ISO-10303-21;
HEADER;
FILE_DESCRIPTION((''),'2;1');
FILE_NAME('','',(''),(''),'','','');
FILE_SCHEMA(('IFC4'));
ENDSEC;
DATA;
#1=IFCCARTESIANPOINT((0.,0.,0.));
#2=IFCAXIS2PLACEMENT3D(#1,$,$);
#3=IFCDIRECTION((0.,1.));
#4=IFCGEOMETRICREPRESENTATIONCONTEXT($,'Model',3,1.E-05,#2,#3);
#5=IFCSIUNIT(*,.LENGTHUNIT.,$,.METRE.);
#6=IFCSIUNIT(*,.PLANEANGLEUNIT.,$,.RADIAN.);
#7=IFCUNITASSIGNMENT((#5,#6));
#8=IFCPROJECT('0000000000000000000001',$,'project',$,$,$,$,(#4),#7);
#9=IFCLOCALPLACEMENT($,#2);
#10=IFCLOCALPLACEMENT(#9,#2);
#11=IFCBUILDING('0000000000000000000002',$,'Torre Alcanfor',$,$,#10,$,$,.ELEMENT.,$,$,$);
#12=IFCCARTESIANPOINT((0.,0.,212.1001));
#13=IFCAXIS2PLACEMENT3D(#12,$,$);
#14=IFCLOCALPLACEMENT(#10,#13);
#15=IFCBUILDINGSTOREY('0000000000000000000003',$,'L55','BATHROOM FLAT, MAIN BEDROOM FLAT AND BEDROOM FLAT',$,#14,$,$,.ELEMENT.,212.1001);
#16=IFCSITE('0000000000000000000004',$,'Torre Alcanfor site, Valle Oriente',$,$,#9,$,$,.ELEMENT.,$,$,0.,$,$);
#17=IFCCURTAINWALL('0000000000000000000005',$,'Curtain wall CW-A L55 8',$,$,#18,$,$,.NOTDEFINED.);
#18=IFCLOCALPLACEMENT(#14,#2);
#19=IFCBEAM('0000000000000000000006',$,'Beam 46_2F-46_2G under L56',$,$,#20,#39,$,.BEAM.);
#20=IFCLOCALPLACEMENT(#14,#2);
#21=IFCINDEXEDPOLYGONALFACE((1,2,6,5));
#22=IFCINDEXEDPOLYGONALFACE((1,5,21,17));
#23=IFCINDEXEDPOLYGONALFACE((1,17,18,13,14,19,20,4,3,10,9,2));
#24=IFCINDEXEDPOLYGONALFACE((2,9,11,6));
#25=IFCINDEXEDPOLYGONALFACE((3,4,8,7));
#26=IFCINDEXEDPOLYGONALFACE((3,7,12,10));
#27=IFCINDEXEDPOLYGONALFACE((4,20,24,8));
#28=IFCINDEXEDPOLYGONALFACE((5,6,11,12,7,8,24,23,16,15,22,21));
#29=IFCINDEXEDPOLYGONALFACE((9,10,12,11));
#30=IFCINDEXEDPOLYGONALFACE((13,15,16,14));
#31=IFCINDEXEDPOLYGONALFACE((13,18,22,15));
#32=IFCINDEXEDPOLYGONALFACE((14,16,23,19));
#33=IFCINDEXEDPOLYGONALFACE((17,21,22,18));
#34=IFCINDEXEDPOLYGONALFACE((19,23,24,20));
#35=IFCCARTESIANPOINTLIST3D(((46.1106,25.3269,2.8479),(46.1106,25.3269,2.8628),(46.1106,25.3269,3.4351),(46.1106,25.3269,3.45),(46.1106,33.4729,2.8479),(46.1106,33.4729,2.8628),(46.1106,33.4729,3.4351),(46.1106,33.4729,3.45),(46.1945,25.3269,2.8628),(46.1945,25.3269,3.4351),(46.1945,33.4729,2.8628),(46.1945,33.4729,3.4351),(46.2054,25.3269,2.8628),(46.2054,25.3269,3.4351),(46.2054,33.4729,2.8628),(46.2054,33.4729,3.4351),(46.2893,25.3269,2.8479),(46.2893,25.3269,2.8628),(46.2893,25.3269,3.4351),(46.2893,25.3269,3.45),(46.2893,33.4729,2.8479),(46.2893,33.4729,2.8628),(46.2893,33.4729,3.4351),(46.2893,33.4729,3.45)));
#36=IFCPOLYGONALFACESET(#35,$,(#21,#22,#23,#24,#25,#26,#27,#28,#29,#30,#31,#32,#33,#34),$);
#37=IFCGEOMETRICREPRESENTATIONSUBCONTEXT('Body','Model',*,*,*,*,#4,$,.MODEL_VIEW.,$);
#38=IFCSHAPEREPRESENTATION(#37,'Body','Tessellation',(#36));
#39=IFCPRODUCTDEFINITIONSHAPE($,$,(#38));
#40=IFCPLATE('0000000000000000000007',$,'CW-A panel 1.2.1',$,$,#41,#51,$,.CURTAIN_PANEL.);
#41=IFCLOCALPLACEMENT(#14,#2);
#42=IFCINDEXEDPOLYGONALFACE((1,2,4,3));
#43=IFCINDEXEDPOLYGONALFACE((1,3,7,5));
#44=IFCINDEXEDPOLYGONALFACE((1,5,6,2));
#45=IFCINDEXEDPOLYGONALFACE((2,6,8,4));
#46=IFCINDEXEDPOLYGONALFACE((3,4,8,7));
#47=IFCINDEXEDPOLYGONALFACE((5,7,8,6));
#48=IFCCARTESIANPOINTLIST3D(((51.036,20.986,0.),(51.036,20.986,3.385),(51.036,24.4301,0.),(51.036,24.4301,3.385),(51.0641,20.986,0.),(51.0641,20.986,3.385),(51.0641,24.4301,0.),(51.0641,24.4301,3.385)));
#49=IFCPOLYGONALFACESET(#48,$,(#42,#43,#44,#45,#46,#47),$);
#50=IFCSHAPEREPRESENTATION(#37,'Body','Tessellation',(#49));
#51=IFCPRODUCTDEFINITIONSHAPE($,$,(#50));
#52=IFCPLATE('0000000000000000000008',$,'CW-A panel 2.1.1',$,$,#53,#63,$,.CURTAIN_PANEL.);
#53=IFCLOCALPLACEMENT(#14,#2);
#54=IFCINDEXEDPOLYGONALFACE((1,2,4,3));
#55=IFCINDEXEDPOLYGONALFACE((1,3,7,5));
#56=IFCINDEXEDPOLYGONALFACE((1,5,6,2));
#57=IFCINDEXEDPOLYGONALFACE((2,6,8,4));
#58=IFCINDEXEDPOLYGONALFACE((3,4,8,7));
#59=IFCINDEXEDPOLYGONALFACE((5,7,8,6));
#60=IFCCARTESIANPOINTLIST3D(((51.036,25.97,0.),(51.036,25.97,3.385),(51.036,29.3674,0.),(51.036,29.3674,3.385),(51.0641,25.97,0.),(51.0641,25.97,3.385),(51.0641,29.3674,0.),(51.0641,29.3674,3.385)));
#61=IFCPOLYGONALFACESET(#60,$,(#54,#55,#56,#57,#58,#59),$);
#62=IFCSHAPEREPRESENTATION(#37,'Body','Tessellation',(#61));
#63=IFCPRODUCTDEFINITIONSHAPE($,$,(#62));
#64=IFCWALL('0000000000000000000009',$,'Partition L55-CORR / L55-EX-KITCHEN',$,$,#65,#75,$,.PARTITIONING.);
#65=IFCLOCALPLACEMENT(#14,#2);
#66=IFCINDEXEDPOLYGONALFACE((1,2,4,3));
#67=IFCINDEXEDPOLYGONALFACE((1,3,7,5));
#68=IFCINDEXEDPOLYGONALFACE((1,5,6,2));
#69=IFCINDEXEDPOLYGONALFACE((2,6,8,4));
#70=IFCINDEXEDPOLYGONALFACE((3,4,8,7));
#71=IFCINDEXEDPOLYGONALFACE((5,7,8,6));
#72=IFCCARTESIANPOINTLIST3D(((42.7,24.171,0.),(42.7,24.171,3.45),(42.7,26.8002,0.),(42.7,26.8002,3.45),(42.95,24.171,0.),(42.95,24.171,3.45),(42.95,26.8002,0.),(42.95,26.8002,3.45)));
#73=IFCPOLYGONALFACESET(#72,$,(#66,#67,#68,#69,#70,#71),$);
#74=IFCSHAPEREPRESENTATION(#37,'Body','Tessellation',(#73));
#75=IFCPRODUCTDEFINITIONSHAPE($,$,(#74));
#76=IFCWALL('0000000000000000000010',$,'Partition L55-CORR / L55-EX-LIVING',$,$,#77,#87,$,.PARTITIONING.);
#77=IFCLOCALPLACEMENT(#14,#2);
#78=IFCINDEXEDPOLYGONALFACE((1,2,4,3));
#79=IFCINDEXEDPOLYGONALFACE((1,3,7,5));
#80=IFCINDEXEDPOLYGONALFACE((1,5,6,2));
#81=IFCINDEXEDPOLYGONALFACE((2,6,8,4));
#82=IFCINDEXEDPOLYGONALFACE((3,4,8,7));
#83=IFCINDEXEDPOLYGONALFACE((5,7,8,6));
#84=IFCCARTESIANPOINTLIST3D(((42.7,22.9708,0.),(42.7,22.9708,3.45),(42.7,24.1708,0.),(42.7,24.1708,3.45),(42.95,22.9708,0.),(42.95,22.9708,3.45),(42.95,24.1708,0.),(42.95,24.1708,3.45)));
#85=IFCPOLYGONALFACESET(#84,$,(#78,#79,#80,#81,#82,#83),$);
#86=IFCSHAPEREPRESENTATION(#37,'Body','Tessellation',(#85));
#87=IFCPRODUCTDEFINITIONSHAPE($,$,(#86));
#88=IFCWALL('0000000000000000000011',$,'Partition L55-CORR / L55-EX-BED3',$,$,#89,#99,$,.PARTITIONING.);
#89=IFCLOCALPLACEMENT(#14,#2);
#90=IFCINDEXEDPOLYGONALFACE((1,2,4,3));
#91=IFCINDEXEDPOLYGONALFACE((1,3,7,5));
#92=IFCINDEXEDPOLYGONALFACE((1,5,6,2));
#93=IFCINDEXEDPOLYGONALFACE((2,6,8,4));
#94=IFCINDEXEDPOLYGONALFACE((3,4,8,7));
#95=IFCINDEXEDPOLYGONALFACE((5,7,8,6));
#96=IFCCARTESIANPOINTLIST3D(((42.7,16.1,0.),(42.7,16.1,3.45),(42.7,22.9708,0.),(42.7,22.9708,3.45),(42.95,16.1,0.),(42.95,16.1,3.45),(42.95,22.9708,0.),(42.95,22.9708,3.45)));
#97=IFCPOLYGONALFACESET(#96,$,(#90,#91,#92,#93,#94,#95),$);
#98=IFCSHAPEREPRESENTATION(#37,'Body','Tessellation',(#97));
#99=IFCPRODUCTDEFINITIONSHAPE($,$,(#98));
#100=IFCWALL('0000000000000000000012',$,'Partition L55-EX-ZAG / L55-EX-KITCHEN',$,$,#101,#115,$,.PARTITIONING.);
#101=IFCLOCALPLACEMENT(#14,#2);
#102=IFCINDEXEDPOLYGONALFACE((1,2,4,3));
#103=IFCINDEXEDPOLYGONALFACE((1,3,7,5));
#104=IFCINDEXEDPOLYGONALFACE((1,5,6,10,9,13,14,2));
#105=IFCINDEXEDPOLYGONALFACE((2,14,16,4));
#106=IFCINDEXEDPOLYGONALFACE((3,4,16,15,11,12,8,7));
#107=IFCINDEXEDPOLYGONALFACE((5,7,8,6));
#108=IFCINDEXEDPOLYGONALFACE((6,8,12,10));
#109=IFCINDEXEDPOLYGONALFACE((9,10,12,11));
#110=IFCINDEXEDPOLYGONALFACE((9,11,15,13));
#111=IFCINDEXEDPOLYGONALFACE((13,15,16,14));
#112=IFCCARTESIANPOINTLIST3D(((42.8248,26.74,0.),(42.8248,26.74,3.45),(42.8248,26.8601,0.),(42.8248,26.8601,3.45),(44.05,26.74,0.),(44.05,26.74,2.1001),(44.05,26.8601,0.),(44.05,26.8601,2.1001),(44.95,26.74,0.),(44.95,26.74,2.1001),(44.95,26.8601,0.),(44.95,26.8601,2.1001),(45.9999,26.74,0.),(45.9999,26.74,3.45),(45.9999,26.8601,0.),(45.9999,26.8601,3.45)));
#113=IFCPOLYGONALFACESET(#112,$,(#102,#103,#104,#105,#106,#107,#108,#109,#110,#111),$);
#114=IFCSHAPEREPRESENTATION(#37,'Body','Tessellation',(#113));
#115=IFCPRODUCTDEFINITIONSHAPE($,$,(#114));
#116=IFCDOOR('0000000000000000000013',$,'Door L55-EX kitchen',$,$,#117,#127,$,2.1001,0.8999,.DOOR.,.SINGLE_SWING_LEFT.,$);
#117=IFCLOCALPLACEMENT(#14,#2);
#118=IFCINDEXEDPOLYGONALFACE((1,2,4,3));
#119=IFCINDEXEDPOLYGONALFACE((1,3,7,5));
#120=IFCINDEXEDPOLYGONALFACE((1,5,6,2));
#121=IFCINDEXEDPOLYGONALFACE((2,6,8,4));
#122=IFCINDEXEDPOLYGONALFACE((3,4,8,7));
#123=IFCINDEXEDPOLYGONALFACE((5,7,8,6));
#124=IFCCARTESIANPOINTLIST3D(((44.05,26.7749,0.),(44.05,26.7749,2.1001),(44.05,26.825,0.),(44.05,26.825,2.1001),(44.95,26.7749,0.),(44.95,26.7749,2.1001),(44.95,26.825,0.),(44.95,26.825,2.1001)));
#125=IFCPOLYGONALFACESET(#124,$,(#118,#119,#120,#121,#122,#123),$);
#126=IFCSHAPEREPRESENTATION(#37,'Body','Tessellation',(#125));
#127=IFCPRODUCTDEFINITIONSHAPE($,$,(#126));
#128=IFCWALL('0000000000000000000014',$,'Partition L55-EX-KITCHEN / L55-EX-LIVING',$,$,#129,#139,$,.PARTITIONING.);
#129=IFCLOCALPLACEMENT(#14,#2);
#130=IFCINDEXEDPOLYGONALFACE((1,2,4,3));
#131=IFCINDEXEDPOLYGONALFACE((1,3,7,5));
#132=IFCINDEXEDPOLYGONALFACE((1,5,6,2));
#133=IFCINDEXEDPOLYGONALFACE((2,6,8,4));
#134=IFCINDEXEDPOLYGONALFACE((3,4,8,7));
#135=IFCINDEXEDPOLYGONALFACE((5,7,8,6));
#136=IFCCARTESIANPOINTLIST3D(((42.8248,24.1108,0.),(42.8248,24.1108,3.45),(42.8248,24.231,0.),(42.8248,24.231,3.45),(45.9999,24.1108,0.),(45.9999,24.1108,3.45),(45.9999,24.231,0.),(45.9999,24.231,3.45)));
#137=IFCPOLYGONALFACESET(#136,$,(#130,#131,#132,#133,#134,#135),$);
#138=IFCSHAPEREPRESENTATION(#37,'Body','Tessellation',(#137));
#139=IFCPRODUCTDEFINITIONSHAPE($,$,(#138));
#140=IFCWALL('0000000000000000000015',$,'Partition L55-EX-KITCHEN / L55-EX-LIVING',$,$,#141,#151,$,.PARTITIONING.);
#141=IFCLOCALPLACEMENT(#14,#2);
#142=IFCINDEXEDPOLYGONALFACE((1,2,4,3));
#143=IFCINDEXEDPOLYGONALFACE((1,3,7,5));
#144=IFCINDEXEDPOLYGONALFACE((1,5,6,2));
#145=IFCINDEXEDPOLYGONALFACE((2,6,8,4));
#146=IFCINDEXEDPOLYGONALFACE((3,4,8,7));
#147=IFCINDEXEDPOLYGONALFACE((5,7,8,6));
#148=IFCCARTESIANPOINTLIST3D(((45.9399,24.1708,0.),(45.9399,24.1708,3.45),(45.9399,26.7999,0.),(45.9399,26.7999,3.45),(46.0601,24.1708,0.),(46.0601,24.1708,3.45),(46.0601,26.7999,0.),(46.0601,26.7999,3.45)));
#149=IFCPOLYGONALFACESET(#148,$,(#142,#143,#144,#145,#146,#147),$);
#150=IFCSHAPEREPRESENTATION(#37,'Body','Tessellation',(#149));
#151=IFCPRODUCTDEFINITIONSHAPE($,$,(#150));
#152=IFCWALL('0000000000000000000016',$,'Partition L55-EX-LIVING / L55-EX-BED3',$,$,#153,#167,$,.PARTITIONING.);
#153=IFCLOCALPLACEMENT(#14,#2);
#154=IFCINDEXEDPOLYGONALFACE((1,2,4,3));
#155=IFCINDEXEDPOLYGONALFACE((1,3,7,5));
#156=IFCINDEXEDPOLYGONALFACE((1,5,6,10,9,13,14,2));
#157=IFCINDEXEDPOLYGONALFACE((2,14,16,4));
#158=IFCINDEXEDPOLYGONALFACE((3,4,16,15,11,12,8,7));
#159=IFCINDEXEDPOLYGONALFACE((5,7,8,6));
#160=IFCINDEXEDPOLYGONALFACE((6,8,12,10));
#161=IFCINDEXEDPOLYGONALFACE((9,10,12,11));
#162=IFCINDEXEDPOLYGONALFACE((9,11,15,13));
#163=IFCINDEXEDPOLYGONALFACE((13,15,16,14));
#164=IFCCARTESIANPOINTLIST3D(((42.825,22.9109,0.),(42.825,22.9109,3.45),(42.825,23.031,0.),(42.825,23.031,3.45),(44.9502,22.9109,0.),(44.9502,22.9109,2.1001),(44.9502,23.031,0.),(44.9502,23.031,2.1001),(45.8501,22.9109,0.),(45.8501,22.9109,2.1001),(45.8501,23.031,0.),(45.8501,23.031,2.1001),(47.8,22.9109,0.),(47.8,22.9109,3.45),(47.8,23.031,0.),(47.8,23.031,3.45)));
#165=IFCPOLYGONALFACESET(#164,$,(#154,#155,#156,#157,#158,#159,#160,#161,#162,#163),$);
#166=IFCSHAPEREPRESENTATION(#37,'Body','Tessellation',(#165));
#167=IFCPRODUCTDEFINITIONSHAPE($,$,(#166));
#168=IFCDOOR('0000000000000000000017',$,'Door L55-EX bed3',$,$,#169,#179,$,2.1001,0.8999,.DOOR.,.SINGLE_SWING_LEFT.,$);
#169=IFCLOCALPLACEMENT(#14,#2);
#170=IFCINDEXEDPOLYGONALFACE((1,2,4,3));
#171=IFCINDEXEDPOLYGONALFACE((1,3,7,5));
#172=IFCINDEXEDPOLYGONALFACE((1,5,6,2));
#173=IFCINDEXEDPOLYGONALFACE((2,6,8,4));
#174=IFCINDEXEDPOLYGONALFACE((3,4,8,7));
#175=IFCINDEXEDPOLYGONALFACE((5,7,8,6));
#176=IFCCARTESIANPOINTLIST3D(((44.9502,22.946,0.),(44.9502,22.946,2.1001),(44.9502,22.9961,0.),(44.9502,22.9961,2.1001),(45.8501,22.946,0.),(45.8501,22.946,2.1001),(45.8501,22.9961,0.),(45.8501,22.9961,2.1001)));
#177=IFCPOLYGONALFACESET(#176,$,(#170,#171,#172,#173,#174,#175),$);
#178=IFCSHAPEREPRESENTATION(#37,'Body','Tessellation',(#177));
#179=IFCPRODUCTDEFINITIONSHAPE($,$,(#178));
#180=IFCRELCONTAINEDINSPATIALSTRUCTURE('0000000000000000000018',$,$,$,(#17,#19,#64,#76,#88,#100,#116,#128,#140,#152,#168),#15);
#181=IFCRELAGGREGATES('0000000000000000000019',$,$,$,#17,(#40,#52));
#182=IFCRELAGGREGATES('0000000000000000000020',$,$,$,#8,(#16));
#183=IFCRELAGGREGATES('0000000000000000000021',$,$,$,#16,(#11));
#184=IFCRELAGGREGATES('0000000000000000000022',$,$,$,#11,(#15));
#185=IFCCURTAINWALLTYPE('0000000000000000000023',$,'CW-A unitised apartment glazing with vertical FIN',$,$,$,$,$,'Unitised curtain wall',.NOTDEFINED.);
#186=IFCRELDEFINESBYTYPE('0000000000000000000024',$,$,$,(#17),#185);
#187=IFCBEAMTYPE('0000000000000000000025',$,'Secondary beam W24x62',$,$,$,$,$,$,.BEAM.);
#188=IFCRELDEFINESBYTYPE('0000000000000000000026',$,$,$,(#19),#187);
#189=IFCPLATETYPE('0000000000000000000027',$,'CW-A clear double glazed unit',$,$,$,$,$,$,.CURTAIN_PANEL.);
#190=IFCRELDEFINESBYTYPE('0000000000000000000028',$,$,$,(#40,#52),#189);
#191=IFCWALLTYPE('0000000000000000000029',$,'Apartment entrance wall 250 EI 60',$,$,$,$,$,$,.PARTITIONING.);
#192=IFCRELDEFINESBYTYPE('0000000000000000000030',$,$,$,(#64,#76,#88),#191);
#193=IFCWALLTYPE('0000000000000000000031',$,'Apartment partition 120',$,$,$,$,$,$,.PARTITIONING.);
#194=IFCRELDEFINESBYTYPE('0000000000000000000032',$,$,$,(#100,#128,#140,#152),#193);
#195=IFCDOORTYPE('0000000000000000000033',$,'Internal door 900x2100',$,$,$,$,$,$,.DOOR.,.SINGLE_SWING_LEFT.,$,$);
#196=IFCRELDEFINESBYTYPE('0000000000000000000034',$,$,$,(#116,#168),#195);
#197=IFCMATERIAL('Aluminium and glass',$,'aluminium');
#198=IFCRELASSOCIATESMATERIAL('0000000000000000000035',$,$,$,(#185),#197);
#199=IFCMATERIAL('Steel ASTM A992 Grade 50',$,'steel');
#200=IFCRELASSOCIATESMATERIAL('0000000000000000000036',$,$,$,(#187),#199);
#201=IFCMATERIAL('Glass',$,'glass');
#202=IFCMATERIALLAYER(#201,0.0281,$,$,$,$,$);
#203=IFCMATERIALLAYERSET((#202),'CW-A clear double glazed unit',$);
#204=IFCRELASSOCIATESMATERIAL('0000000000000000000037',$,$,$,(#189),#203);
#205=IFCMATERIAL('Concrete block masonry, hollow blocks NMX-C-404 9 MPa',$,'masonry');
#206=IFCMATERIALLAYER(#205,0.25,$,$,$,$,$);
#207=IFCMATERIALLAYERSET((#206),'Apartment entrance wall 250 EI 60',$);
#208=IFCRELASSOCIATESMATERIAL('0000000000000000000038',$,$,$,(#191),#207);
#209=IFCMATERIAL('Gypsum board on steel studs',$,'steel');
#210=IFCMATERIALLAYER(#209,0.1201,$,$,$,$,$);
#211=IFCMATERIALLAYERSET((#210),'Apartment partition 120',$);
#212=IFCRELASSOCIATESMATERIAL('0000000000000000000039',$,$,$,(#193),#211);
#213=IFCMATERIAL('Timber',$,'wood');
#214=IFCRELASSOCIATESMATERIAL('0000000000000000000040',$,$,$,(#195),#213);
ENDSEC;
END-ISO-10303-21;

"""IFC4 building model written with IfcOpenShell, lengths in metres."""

from ifc_helpers import new_model, si_unit, direction, frame, frame_2d, origin, origin_2d, place, context, subcontext, project, spatial, rectangle, i_section, extrude, material, layer, layer_set, material_profile, profile_set, type_object, element, fill, aggregate, save


model = new_model("IFC4")

# Units and contexts
model_context = context("Model", 3, precision=1e-05, world=origin(), true_north=direction((0.0, 1.0)))
body_context = subcontext(model_context, "Body", "Model", "MODEL_VIEW")
ifc_project = project(units=[si_unit("LENGTHUNIT", "METRE"), si_unit("PLANEANGLEUNIT", "RADIAN")], contexts=[model_context])

# Site, building, storey
site_placement = place(None, origin())
site = spatial("IfcSite", under=ifc_project, at=site_placement, Name="Torre Alcanfor site, Valle Oriente", CompositionType="ELEMENT", RefElevation=0.0)
building_placement = place(site_placement, origin())
building = spatial("IfcBuilding", under=site, at=building_placement, Name="Torre Alcanfor", CompositionType="ELEMENT")
storey_placement = place(building_placement, frame((0.0, 0.0, 212.1001)))
storey = spatial("IfcBuildingStorey", under=building, at=storey_placement, Name="L55", Description="BATHROOM FLAT, MAIN BEDROOM FLAT AND BEDROOM FLAT", CompositionType="ELEMENT", Elevation=212.1001)

# Curtain wall
ifc_material_1 = material(Name="Aluminium and glass", Category="aluminium")
curtain_wall_type = type_object("IfcCurtainWallType", Name="CW-A unitised apartment glazing with vertical FIN", ElementType="Unitised curtain wall", PredefinedType="NOTDEFINED", material=ifc_material_1)
curtain_wall_placement = place(storey_placement, origin())
curtain_wall = element("IfcCurtainWall", 1, at=curtain_wall_placement, inside=storey, type_object=curtain_wall_type, Name="Curtain wall CW-A L55 8", PredefinedType="NOTDEFINED")

# Beam
ifc_material_2 = material(Name="Steel ASTM A992 Grade 50", Category="steel")
ifc_material_profile_1 = material_profile(ifc_material_2, i_section(OverallWidth=0.1787, OverallDepth=0.6021, WebThickness=0.011, FlangeThickness=0.0149, at=origin_2d()), Name="W24x62")
ifc_profile_set_1 = profile_set([ifc_material_profile_1], Name="Steel ASTM A992 Grade 50")
beam_type_1 = type_object("IfcBeamType", Name="Secondary beam W24x62", PredefinedType="BEAM", material=ifc_profile_set_1)
beam_1_placement = place(storey_placement, frame((46.2, 25.3269, 3.1489), z_axis=(0.0, 1.0, 0.0), x_axis=(-1.0, 0.0, 0.0)))
element("IfcBeam", 2, at=beam_1_placement, inside=storey, type_object=beam_type_1, Name="Beam 46_2F-46_2G under L56", PredefinedType="BEAM", context=body_context, shape_type="SweptSolid", body=[
    extrude(i_section(OverallWidth=0.1787, OverallDepth=0.6021, WebThickness=0.011, FlangeThickness=0.0149, at=origin_2d()), origin(), (0.0, 0.0, 1.0), 8.146),
])

# Plates
ifc_material_3 = material(Name="Glass", Category="glass")
ifc_layer_1 = layer(ifc_material_3, 0.0281)
ifc_layer_set_1 = layer_set([ifc_layer_1], Name="CW-A clear double glazed unit")
plate_type = type_object("IfcPlateType", Name="CW-A clear double glazed unit", PredefinedType="CURTAIN_PANEL", material=ifc_layer_set_1)
plate_1_placement = place(storey_placement, frame((51.05, 22.708, 0.0), z_axis=(0.0, 0.0, 1.0), x_axis=(0.0, 1.0, 0.0)))
plate_1 = element("IfcPlate", 3, at=plate_1_placement, type_object=plate_type, Name="CW-A panel 1.2.1", PredefinedType="CURTAIN_PANEL", context=body_context, shape_type="SweptSolid", body=[
    extrude(rectangle(XDim=3.4441, YDim=0.0281, at=origin_2d()), origin(), (0.0, 0.0, 1.0), 3.385),
])
plate_2_placement = place(storey_placement, frame((51.05, 27.6687, 0.0), z_axis=(0.0, 0.0, 1.0), x_axis=(0.0, 1.0, 0.0)))
plate_2 = element("IfcPlate", 4, at=plate_2_placement, type_object=plate_type, Name="CW-A panel 2.1.1", PredefinedType="CURTAIN_PANEL", context=body_context, shape_type="SweptSolid", body=[
    extrude(rectangle(XDim=3.3975, YDim=0.0281, at=origin_2d()), origin(), (0.0, 0.0, 1.0), 3.385),
])
aggregate(curtain_wall, [plate_1, plate_2])

# Walls
ifc_material_4 = material(Name="Concrete block masonry, hollow blocks NMX-C-404 9 MPa", Category="masonry")
ifc_layer_2 = layer(ifc_material_4, 0.25)
ifc_layer_set_2 = layer_set([ifc_layer_2], Name="Apartment entrance wall 250 EI 60")
wall_type_1 = type_object("IfcWallType", Name="Apartment entrance wall 250 EI 60", PredefinedType="PARTITIONING", material=ifc_layer_set_2)
wall_1_placement = place(storey_placement, frame((42.825, 26.8, 0.0), z_axis=(0.0, 0.0, 1.0), x_axis=(0.0, -1.0, 0.0)))
element("IfcWall", 5, at=wall_1_placement, inside=storey, type_object=wall_type_1, Name="Partition L55-CORR / L55-EX-KITCHEN", PredefinedType="PARTITIONING", context=body_context, shape_type="SweptSolid", body=[
    extrude(rectangle(XDim=2.6292, YDim=0.25, at=frame_2d((1.3145, 0.0))), origin(), (0.0, 0.0, 1.0), 3.45),
])
wall_2_placement = place(storey_placement, frame((42.825, 24.1709, 0.0), z_axis=(0.0, 0.0, 1.0), x_axis=(0.0, -1.0, 0.0)))
element("IfcWall", 6, at=wall_2_placement, inside=storey, type_object=wall_type_1, Name="Partition L55-CORR / L55-EX-LIVING", PredefinedType="PARTITIONING", context=body_context, shape_type="SweptSolid", body=[
    extrude(rectangle(XDim=1.2, YDim=0.25, at=frame_2d((0.6001, 0.0))), origin(), (0.0, 0.0, 1.0), 3.45),
])
wall_3_placement = place(storey_placement, frame((42.825, 22.9709, 0.0), z_axis=(0.0, 0.0, 1.0), x_axis=(0.0, -1.0, 0.0)))
element("IfcWall", 7, at=wall_3_placement, inside=storey, type_object=wall_type_1, Name="Partition L55-CORR / L55-EX-BED3", PredefinedType="PARTITIONING", context=body_context, shape_type="SweptSolid", body=[
    extrude(rectangle(XDim=6.8708, YDim=0.25, at=frame_2d((3.4355, 0.0))), origin(), (0.0, 0.0, 1.0), 3.45),
])

# Wall, opening, door
ifc_material_5 = material(Name="Gypsum board on steel studs", Category="steel")
ifc_layer_3 = layer(ifc_material_5, 0.1201)
ifc_layer_set_3 = layer_set([ifc_layer_3], Name="Apartment partition 120")
wall_type_2 = type_object("IfcWallType", Name="Apartment partition 120", PredefinedType="PARTITIONING", material=ifc_layer_set_3)
wall_4_placement = place(storey_placement, frame((42.825, 26.8, 0.0), z_axis=(0.0, 0.0, 1.0), x_axis=(1.0, 0.0, 0.0)))
wall_4 = element("IfcWall", 8, at=wall_4_placement, inside=storey, type_object=wall_type_2, Name="Partition L55-EX-ZAG / L55-EX-KITCHEN", PredefinedType="PARTITIONING", context=body_context, shape_type="SweptSolid", body=[
    extrude(rectangle(XDim=3.175, YDim=0.1201, at=frame_2d((1.5874, 0.0))), origin(), (0.0, 0.0, 1.0), 3.45),
])
opening_1_placement = place(wall_4_placement, frame((1.2251, 0.0, 0.0)))
opening_1 = element("IfcOpeningElement", 9, at=opening_1_placement, cuts=wall_4, PredefinedType="OPENING", context=body_context, shape_type="SweptSolid", body=[
    extrude(rectangle(XDim=0.8999, YDim=2.1001, at=frame_2d((0.45, 1.05))), frame((0.0, 0.0701, 0.0), z_axis=(0.0, -1.0, 0.0), x_axis=(1.0, 0.0, 0.0)), (0.0, 0.0, 1.0), 0.1401),
])
ifc_material_6 = material(Name="Timber", Category="wood")
door_type_1 = type_object("IfcDoorType", Name="Internal door 900x2100", OperationType="SINGLE_SWING_LEFT", PredefinedType="DOOR", material=ifc_material_6)
door_1_placement = place(opening_1_placement, frame((0.8999, 0.0, 0.0), z_axis=(0.0, 0.0, 1.0), x_axis=(-1.0, 0.0, 0.0)))
door_1 = element("IfcDoor", 10, at=door_1_placement, inside=storey, type_object=door_type_1, Name="Door L55-EX kitchen", OperationType="SINGLE_SWING_LEFT", OverallHeight=2.1001, OverallWidth=0.8999, PredefinedType="DOOR", context=body_context, shape_type="SweptSolid", body=[
    extrude(rectangle(XDim=0.8999, YDim=2.1001, at=frame_2d((0.45, 1.05))), frame((0.0, 0.0251, 0.0), z_axis=(0.0, -1.0, 0.0), x_axis=(1.0, 0.0, 0.0)), (0.0, 0.0, 1.0), 0.05),
])
fill(opening_1, door_1)

# Walls
wall_5_placement = place(storey_placement, frame((42.825, 24.1709, 0.0), z_axis=(0.0, 0.0, 1.0), x_axis=(1.0, 0.0, 0.0)))
element("IfcWall", 11, at=wall_5_placement, inside=storey, type_object=wall_type_2, Name="Partition L55-EX-KITCHEN / L55-EX-LIVING", PredefinedType="PARTITIONING", context=body_context, shape_type="SweptSolid", body=[
    extrude(rectangle(XDim=3.175, YDim=0.1201, at=frame_2d((1.5874, 0.0))), origin(), (0.0, 0.0, 1.0), 3.45),
])
wall_6_placement = place(storey_placement, frame((46.0, 24.1709, 0.0), z_axis=(0.0, 0.0, 1.0), x_axis=(0.0, 1.0, 0.0)))
element("IfcWall", 12, at=wall_6_placement, inside=storey, type_object=wall_type_2, Name="Partition L55-EX-KITCHEN / L55-EX-LIVING", PredefinedType="PARTITIONING", context=body_context, shape_type="SweptSolid", body=[
    extrude(rectangle(XDim=2.6292, YDim=0.1201, at=frame_2d((1.3145, 0.0))), origin(), (0.0, 0.0, 1.0), 3.45),
])

# Wall, opening, door
wall_7_placement = place(storey_placement, frame((47.8, 22.9709, 0.0), z_axis=(0.0, 0.0, 1.0), x_axis=(-1.0, 0.0, 0.0)))
wall_7 = element("IfcWall", 13, at=wall_7_placement, inside=storey, type_object=wall_type_2, Name="Partition L55-EX-LIVING / L55-EX-BED3", PredefinedType="PARTITIONING", context=body_context, shape_type="SweptSolid", body=[
    extrude(rectangle(XDim=4.9751, YDim=0.1201, at=frame_2d((2.4875, 0.0))), origin(), (0.0, 0.0, 1.0), 3.45),
])
opening_2_placement = place(wall_7_placement, frame((1.95, 0.0, 0.0)))
opening_2 = element("IfcOpeningElement", 14, at=opening_2_placement, cuts=wall_7, PredefinedType="OPENING", context=body_context, shape_type="SweptSolid", body=[
    extrude(rectangle(XDim=0.8999, YDim=2.1001, at=frame_2d((0.45, 1.05))), frame((0.0, 0.0701, 0.0), z_axis=(0.0, -1.0, 0.0), x_axis=(1.0, 0.0, 0.0)), (0.0, 0.0, 1.0), 0.1401),
])
door_2_placement = place(opening_2_placement, origin())
door_2 = element("IfcDoor", 15, at=door_2_placement, inside=storey, type_object=door_type_1, Name="Door L55-EX bed3", OperationType="SINGLE_SWING_LEFT", OverallHeight=2.1001, OverallWidth=0.8999, PredefinedType="DOOR", context=body_context, shape_type="SweptSolid", body=[
    extrude(rectangle(XDim=0.8999, YDim=2.1001, at=frame_2d((0.45, 1.05))), frame((0.0, 0.0249, 0.0), z_axis=(0.0, -1.0, 0.0), x_axis=(1.0, 0.0, 0.0)), (0.0, 0.0, 1.0), 0.05),
])
fill(opening_2, door_2)

save(model, "model.ifc")
